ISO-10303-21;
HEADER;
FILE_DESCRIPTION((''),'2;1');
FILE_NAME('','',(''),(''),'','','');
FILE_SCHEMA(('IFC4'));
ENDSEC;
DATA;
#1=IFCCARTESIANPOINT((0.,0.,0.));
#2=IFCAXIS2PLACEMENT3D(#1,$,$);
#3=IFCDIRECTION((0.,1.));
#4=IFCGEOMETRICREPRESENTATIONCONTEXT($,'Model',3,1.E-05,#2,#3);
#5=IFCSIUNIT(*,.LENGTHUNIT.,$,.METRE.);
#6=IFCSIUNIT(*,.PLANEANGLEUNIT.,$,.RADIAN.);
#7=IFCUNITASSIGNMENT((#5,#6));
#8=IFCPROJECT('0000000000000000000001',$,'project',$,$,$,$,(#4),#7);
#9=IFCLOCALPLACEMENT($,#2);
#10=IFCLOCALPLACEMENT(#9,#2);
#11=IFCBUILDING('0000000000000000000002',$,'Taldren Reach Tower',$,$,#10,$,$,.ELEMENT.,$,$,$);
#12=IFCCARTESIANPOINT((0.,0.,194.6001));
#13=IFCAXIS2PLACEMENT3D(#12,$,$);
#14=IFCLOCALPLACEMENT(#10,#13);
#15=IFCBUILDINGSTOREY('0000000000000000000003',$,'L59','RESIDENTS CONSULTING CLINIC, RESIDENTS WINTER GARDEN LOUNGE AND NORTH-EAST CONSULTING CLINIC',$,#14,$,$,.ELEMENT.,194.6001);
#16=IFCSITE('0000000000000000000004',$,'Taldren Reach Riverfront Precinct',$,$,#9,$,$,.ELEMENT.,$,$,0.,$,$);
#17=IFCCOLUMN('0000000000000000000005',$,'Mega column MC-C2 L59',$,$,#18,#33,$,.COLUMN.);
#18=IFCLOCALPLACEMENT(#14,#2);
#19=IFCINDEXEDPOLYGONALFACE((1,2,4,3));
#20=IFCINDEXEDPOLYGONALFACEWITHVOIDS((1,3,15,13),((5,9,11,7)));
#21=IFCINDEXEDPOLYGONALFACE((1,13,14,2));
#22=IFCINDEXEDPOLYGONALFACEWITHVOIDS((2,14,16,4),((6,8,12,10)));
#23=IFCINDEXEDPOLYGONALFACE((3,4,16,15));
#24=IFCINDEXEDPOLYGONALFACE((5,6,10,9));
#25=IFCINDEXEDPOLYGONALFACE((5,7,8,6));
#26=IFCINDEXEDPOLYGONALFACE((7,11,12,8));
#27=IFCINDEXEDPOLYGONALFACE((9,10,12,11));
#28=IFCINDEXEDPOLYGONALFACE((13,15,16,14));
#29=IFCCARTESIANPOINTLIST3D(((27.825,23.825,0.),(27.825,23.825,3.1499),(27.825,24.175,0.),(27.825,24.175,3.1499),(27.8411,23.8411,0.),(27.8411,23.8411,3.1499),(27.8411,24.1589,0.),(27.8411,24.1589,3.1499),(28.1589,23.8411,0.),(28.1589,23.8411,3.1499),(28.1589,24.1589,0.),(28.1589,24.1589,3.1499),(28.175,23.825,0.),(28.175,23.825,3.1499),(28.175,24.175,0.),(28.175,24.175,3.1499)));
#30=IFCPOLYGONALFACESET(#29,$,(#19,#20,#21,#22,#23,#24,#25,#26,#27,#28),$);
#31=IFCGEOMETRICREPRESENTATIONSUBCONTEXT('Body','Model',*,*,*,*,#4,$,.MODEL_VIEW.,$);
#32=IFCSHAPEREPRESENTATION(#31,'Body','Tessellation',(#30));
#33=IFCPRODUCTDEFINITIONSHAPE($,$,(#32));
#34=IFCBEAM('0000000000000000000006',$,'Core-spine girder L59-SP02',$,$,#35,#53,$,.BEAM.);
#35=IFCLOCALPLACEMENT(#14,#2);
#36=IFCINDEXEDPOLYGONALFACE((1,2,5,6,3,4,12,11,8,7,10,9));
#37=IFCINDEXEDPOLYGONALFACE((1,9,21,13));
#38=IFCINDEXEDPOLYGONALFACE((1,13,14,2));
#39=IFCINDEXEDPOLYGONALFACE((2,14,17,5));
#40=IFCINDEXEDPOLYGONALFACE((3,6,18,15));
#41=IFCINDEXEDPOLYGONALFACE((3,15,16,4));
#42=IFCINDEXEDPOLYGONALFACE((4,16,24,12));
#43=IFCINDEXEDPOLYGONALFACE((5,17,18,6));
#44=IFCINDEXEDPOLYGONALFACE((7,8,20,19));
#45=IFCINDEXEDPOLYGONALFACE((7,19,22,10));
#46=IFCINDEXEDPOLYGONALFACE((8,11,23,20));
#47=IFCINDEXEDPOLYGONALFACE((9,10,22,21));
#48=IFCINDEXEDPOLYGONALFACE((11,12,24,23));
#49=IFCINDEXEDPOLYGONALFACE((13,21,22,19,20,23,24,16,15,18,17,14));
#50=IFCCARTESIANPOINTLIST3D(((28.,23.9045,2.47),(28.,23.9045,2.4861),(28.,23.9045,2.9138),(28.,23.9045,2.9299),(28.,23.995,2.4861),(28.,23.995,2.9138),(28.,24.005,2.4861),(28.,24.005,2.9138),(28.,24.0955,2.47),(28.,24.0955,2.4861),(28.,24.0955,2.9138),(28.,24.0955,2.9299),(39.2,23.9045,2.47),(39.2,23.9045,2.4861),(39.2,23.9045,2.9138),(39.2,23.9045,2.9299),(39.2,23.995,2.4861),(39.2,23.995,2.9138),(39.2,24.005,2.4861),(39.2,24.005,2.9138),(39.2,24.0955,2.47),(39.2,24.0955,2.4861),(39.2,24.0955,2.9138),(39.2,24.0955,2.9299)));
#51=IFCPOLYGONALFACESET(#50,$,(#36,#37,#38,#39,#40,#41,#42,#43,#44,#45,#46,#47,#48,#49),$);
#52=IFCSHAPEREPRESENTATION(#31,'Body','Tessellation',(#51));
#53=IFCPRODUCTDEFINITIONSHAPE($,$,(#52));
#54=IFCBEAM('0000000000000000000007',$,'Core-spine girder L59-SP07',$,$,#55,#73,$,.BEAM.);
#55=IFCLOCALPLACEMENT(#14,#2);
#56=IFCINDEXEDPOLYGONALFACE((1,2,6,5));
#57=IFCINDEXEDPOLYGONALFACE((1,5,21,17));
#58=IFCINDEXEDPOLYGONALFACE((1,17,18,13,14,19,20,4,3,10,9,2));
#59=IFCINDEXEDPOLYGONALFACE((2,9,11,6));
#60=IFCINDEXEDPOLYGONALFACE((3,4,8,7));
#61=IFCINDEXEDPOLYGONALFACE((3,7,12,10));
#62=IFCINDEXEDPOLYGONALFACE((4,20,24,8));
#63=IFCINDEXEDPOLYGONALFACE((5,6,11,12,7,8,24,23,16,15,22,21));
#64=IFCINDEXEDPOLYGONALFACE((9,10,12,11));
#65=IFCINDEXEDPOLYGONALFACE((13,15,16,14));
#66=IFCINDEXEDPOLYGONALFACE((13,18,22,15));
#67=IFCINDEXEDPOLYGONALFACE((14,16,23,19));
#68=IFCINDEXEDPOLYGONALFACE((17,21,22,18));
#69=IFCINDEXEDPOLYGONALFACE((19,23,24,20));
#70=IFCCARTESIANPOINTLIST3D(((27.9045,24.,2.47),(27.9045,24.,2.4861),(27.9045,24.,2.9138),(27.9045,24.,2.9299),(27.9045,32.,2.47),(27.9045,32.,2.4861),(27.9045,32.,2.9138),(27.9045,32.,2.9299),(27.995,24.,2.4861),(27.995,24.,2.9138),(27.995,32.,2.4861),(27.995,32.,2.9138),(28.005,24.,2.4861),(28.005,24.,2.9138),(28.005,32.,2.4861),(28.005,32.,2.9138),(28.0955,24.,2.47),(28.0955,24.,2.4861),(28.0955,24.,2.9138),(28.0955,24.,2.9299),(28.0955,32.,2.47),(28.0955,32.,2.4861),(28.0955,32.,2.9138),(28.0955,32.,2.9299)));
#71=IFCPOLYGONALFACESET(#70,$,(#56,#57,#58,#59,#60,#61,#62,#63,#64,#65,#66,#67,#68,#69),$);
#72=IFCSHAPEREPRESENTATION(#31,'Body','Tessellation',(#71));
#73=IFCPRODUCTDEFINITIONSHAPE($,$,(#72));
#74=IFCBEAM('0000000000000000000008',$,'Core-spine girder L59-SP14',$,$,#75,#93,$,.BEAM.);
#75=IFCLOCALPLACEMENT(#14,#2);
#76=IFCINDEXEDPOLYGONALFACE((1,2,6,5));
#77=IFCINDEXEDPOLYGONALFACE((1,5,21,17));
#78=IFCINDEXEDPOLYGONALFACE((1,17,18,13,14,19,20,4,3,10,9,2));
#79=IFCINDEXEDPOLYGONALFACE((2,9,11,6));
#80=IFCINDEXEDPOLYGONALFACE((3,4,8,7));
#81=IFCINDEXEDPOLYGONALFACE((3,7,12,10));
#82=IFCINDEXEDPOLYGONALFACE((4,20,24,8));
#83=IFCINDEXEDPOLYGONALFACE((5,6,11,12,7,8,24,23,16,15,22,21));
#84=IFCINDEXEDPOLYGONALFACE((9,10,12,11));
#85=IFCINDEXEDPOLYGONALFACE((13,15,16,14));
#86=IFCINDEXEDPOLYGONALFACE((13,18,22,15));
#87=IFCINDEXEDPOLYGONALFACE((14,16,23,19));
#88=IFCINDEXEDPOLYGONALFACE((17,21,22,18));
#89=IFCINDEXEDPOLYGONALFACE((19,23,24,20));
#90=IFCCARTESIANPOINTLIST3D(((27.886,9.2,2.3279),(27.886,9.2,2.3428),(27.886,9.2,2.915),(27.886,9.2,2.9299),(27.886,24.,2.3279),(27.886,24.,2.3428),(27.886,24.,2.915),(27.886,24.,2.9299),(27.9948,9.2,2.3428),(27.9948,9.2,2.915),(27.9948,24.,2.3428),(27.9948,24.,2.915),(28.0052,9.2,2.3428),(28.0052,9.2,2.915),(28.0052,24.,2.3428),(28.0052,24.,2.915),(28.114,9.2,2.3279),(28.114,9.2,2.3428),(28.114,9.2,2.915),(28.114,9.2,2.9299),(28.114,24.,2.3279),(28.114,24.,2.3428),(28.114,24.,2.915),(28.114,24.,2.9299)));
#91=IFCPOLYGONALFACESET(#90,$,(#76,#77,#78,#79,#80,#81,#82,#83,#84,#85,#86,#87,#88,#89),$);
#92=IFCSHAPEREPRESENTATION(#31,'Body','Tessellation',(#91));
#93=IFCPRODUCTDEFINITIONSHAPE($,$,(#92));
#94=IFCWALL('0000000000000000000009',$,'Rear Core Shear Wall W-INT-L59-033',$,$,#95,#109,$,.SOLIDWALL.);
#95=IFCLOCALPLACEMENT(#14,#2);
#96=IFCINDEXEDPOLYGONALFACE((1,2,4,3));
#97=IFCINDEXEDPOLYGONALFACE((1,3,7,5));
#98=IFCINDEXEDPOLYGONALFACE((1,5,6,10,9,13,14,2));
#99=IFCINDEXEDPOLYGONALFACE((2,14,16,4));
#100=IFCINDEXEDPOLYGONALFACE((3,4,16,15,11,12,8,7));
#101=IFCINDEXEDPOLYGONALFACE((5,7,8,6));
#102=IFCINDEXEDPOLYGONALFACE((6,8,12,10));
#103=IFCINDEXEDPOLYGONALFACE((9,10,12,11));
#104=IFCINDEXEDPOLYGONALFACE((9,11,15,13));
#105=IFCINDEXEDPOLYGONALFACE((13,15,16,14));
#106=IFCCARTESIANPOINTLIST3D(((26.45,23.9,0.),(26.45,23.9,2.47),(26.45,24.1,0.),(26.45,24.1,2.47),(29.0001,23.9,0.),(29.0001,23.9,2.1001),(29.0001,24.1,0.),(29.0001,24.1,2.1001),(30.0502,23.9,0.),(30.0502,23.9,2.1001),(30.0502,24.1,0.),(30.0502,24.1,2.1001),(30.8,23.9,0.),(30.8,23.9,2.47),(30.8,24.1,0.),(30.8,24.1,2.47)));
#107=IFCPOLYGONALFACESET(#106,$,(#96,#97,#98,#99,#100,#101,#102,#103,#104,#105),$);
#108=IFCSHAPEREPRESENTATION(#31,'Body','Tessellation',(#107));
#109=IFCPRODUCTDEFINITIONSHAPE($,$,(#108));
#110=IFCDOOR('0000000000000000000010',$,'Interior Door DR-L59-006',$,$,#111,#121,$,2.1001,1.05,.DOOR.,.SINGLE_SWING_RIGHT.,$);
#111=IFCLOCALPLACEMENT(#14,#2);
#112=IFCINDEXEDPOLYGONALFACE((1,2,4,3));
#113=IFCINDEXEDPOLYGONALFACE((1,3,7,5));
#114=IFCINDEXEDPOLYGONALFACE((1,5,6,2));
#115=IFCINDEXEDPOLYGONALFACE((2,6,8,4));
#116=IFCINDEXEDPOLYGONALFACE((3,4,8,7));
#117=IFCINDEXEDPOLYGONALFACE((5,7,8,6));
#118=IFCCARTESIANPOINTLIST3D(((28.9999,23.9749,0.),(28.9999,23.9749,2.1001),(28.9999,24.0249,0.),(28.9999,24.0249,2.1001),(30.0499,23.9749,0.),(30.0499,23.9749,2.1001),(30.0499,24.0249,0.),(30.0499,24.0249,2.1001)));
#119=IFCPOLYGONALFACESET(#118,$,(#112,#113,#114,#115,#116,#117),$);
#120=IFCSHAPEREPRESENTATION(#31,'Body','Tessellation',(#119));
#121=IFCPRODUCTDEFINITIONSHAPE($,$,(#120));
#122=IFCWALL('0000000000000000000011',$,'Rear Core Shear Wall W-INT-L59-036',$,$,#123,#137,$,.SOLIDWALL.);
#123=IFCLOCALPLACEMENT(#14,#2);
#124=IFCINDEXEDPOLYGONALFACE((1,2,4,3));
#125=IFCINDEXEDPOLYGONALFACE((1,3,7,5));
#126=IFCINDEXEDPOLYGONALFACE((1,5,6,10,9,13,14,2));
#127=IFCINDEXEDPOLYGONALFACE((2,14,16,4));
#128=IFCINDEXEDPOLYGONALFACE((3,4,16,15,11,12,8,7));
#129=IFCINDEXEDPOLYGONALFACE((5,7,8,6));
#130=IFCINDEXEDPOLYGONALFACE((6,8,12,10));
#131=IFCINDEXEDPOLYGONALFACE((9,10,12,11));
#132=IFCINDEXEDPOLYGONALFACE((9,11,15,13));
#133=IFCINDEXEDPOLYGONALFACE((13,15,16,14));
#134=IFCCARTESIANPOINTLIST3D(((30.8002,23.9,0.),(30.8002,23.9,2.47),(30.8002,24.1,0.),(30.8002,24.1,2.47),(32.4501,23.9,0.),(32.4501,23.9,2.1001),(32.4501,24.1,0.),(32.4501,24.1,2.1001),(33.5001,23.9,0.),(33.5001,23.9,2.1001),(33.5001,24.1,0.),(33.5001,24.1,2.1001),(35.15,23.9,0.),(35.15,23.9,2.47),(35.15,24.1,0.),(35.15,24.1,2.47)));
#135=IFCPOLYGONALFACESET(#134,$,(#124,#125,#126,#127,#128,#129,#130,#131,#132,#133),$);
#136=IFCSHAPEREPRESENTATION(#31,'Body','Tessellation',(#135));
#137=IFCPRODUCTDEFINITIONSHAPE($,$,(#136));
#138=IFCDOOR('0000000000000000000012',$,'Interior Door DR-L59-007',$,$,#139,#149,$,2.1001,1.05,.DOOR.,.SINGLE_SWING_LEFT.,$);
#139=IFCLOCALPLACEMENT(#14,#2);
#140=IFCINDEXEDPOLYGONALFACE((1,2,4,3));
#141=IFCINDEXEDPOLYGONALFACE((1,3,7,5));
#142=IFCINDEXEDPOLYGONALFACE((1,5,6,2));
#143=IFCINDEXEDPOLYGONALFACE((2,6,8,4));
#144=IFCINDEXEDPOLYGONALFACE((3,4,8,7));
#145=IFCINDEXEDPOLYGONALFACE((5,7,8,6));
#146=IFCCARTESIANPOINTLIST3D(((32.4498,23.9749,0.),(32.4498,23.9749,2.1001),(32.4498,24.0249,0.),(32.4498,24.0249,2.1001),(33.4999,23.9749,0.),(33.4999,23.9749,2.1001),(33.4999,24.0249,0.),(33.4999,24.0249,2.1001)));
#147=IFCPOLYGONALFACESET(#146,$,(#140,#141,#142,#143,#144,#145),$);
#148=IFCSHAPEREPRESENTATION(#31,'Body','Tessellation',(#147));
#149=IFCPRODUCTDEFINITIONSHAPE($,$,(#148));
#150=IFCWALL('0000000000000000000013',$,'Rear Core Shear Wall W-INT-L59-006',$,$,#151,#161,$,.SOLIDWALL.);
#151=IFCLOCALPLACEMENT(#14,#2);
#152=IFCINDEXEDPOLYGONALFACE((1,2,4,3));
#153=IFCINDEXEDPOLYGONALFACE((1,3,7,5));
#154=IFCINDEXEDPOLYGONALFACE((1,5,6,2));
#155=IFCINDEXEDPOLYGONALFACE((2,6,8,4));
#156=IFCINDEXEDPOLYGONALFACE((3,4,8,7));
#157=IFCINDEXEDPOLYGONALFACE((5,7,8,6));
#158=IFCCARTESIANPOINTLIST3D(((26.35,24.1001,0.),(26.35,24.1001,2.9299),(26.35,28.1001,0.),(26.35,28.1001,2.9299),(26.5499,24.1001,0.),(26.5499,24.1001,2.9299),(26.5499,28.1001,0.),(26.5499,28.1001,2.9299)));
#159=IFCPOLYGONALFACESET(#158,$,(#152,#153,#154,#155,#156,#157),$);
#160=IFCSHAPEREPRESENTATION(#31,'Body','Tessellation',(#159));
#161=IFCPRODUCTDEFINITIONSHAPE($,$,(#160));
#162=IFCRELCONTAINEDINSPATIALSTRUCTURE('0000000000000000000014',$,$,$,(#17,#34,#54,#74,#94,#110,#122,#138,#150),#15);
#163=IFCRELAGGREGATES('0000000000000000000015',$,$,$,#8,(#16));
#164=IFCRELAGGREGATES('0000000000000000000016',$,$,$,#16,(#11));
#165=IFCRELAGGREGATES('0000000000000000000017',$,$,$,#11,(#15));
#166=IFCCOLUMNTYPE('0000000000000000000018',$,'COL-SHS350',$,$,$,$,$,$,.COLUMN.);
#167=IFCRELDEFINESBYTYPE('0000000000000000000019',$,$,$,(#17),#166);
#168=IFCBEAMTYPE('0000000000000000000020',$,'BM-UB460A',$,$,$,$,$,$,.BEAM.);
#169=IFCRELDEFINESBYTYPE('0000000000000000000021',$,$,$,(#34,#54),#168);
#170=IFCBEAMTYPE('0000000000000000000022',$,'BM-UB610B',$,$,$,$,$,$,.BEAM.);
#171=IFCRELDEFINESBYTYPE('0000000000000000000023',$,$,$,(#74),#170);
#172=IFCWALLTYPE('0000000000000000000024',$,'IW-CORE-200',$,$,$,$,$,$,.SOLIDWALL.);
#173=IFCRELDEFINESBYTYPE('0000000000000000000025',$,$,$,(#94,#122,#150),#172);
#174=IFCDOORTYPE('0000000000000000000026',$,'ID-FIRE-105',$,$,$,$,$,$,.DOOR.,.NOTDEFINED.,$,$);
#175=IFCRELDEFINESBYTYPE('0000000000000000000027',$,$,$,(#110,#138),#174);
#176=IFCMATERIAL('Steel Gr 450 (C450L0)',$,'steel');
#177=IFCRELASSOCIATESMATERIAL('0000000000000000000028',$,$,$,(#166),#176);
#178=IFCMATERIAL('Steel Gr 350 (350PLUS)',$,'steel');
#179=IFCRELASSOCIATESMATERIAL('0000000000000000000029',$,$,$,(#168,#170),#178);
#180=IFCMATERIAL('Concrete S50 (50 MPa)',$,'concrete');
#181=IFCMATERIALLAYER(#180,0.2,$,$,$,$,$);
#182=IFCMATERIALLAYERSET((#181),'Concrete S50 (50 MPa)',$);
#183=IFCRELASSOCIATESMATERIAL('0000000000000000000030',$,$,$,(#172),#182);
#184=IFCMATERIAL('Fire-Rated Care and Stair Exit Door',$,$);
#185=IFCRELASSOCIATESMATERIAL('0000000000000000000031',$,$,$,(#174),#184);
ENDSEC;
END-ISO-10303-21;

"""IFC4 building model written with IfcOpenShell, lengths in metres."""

from ifc_helpers import new_model, si_unit, direction, frame, frame_2d, origin, origin_2d, place, context, subcontext, project, spatial, rectangle, hollow_rectangle, i_section, extrude, source, transform, mapped, material, layer, layer_set, material_profile, profile_set, type_object, element, fill, save


model = new_model("IFC4")

# Units and contexts
model_context = context("Model", 3, precision=1e-05, world=origin(), true_north=direction((0.0, 1.0)))
body_context = subcontext(model_context, "Body", "Model", "MODEL_VIEW")
ifc_project = project(units=[si_unit("LENGTHUNIT", "METRE"), si_unit("PLANEANGLEUNIT", "RADIAN")], contexts=[model_context])

# Site, building, storey
site_placement = place(None, origin())
site = spatial("IfcSite", under=ifc_project, at=site_placement, Name="Taldren Reach Riverfront Precinct", CompositionType="ELEMENT", RefElevation=0.0)
building_placement = place(site_placement, origin())
building = spatial("IfcBuilding", under=site, at=building_placement, Name="Taldren Reach Tower", CompositionType="ELEMENT")
storey_placement = place(building_placement, frame((0.0, 0.0, 194.6001)))
storey = spatial("IfcBuildingStorey", under=building, at=storey_placement, Name="L59", Description="RESIDENTS CONSULTING CLINIC, RESIDENTS WINTER GARDEN LOUNGE AND NORTH-EAST CONSULTING CLINIC", CompositionType="ELEMENT", Elevation=194.6001)

# Column
ifc_material_1 = material(Name="Steel Gr 450 (C450L0)", Category="steel")
ifc_material_profile_1 = material_profile(ifc_material_1, hollow_rectangle(XDim=0.3501, YDim=0.3501, WallThickness=0.0161, at=origin_2d()), Name="350x350x16.0SHS")
ifc_profile_set_1 = profile_set([ifc_material_profile_1], Name="Steel Gr 450 (C450L0)")
column_type = type_object("IfcColumnType", Name="COL-SHS350", PredefinedType="COLUMN", material=ifc_profile_set_1)
shared_shape_1 = source(origin(), body_context, "Body", "SweptSolid", [
    extrude(hollow_rectangle(XDim=0.3501, YDim=0.3501, WallThickness=0.0161, at=origin_2d()), origin(), (0.0, 0.0, 1.0), 3.1499),
])
column_placement = place(storey_placement, frame((28.0, 24.0, 0.0), z_axis=(0.0, 0.0, 1.0), x_axis=(1.0, 0.0, 0.0)))
element("IfcColumn", 1, at=column_placement, inside=storey, type_object=column_type, Name="Mega column MC-C2 L59", PredefinedType="COLUMN", context=body_context, shape_type="MappedRepresentation", body=[
    mapped(shared_shape_1, transform((0.0, 0.0, 0.0), scale=1.0)),
])

# Beams
ifc_material_2 = material(Name="Steel Gr 350 (350PLUS)", Category="steel")
ifc_material_profile_2 = material_profile(ifc_material_2, i_section(OverallWidth=0.1909, OverallDepth=0.46, WebThickness=0.01, FlangeThickness=0.0161, at=origin_2d()), Name="460UB82.1")
ifc_profile_set_2 = profile_set([ifc_material_profile_2], Name="Steel Gr 350 (350PLUS)")
beam_type_1 = type_object("IfcBeamType", Name="BM-UB460A", PredefinedType="BEAM", material=ifc_profile_set_2)
shared_shape_2 = source(origin(), body_context, "Body", "SweptSolid", [
    extrude(i_section(OverallWidth=0.1909, OverallDepth=0.46, WebThickness=0.01, FlangeThickness=0.0161, at=origin_2d()), origin(), (0.0, 0.0, 1.0), 11.2),
])
beam_1_placement = place(storey_placement, frame((28.0, 24.0, 2.7), z_axis=(1.0, 0.0, 0.0), x_axis=(0.0, 1.0, 0.0)))
element("IfcBeam", 2, at=beam_1_placement, inside=storey, type_object=beam_type_1, Name="Core-spine girder L59-SP02", PredefinedType="BEAM", context=body_context, shape_type="MappedRepresentation", body=[
    mapped(shared_shape_2, transform((0.0, 0.0, 0.0), scale=1.0)),
])
shared_shape_3 = source(origin(), body_context, "Body", "SweptSolid", [
    extrude(i_section(OverallWidth=0.1909, OverallDepth=0.46, WebThickness=0.01, FlangeThickness=0.0161, at=origin_2d()), origin(), (0.0, 0.0, 1.0), 8.0),
])
beam_2_placement = place(storey_placement, frame((28.0, 24.0, 2.7), z_axis=(0.0, 1.0, 0.0), x_axis=(-1.0, 0.0, 0.0)))
element("IfcBeam", 3, at=beam_2_placement, inside=storey, type_object=beam_type_1, Name="Core-spine girder L59-SP07", PredefinedType="BEAM", context=body_context, shape_type="MappedRepresentation", body=[
    mapped(shared_shape_3, transform((0.0, 0.0, 0.0), scale=1.0)),
])
ifc_material_profile_3 = material_profile(ifc_material_2, i_section(OverallWidth=0.228, OverallDepth=0.6021, WebThickness=0.0105, FlangeThickness=0.0149, at=origin_2d()), Name="610UB101")
ifc_profile_set_3 = profile_set([ifc_material_profile_3], Name="Steel Gr 350 (350PLUS)")
beam_type_2 = type_object("IfcBeamType", Name="BM-UB610B", PredefinedType="BEAM", material=ifc_profile_set_3)
shared_shape_4 = source(origin(), body_context, "Body", "SweptSolid", [
    extrude(i_section(OverallWidth=0.228, OverallDepth=0.6021, WebThickness=0.0105, FlangeThickness=0.0149, at=origin_2d()), origin(), (0.0, 0.0, 1.0), 14.8),
])
beam_3_placement = place(storey_placement, frame((28.0, 24.0, 2.6289), z_axis=(0.0, -1.0, 0.0), x_axis=(1.0, 0.0, 0.0)))
element("IfcBeam", 4, at=beam_3_placement, inside=storey, type_object=beam_type_2, Name="Core-spine girder L59-SP14", PredefinedType="BEAM", context=body_context, shape_type="MappedRepresentation", body=[
    mapped(shared_shape_4, transform((0.0, 0.0, 0.0), scale=1.0)),
])

# Walls, openings, doors
ifc_material_3 = material(Name="Concrete S50 (50 MPa)", Category="concrete")
ifc_layer_1 = layer(ifc_material_3, 0.2)
ifc_layer_set_1 = layer_set([ifc_layer_1], Name="Concrete S50 (50 MPa)")
wall_type_1 = type_object("IfcWallType", Name="IW-CORE-200", PredefinedType="SOLIDWALL", material=ifc_layer_set_1)
shared_shape_5 = source(origin(), body_context, "Body", "SweptSolid", [
    extrude(rectangle(XDim=4.3501, YDim=0.2, at=frame_2d((2.175, 0.0))), origin(), (0.0, 0.0, 1.0), 2.47),
])
wall_1_placement = place(storey_placement, frame((30.8, 24.0, 0.0), z_axis=(0.0, 0.0, 1.0), x_axis=(-1.0, 0.0, 0.0)))
wall_1 = element("IfcWall", 5, at=wall_1_placement, inside=storey, type_object=wall_type_1, Name="Rear Core Shear Wall W-INT-L59-033", PredefinedType="SOLIDWALL", context=body_context, shape_type="MappedRepresentation", body=[
    mapped(shared_shape_5, transform((0.0, 0.0, 0.0), scale=1.0)),
])
shared_shape_6 = source(origin(), body_context, "Body", "SweptSolid", [
    extrude(rectangle(XDim=1.05, YDim=2.1001, at=frame_2d((0.5249, 1.05))), frame((0.0, 0.1099, 0.0), z_axis=(0.0, -1.0, 0.0), x_axis=(1.0, 0.0, 0.0)), (0.0, 0.0, 1.0), 0.22),
])
opening_1_placement = place(wall_1_placement, frame((0.75, 0.0, 0.0)))
opening_1 = element("IfcOpeningElement", 6, at=opening_1_placement, cuts=wall_1, PredefinedType="OPENING", context=body_context, shape_type="MappedRepresentation", body=[
    mapped(shared_shape_6, transform((0.0, 0.0, 0.0), scale=1.0)),
])
ifc_material_4 = material(Name="Fire-Rated Care and Stair Exit Door")
door_type_1 = type_object("IfcDoorType", Name="ID-FIRE-105", OperationType="NOTDEFINED", PredefinedType="DOOR", material=ifc_material_4)
shared_shape_7 = source(origin(), body_context, "Body", "SweptSolid", [
    extrude(rectangle(XDim=1.05, YDim=2.1001, at=frame_2d((0.5249, 1.05))), frame((0.0, 0.0249, 0.0), z_axis=(0.0, -1.0, 0.0), x_axis=(1.0, 0.0, 0.0)), (0.0, 0.0, 1.0), 0.05),
])
door_1_placement = place(opening_1_placement, frame((1.05, 0.0, 0.0), z_axis=(0.0, 0.0, 1.0), x_axis=(-1.0, 0.0, 0.0)))
door_1 = element("IfcDoor", 7, at=door_1_placement, inside=storey, type_object=door_type_1, Name="Interior Door DR-L59-006", OperationType="SINGLE_SWING_RIGHT", OverallHeight=2.1001, OverallWidth=1.05, PredefinedType="DOOR", context=body_context, shape_type="MappedRepresentation", body=[
    mapped(shared_shape_7, transform((0.0, 0.0, 0.0), scale=1.0)),
])
fill(opening_1, door_1)
shared_shape_8 = source(origin(), body_context, "Body", "SweptSolid", [
    extrude(rectangle(XDim=4.3499, YDim=0.2, at=frame_2d((2.1748, 0.0))), origin(), (0.0, 0.0, 1.0), 2.47),
])
wall_2_placement = place(storey_placement, frame((35.1499, 24.0, 0.0), z_axis=(0.0, 0.0, 1.0), x_axis=(-1.0, 0.0, 0.0)))
wall_2 = element("IfcWall", 8, at=wall_2_placement, inside=storey, type_object=wall_type_1, Name="Rear Core Shear Wall W-INT-L59-036", PredefinedType="SOLIDWALL", context=body_context, shape_type="MappedRepresentation", body=[
    mapped(shared_shape_8, transform((0.0, 0.0, 0.0), scale=1.0)),
])
opening_2_placement = place(wall_2_placement, frame((1.6499, 0.0, 0.0)))
opening_2 = element("IfcOpeningElement", 9, at=opening_2_placement, cuts=wall_2, PredefinedType="OPENING", context=body_context, shape_type="MappedRepresentation", body=[
    mapped(shared_shape_6, transform((0.0, 0.0, 0.0), scale=1.0)),
])
door_2_placement = place(opening_2_placement, frame((1.05, 0.0, 0.0), z_axis=(0.0, 0.0, 1.0), x_axis=(-1.0, 0.0, 0.0)))
door_2 = element("IfcDoor", 10, at=door_2_placement, inside=storey, type_object=door_type_1, Name="Interior Door DR-L59-007", OperationType="SINGLE_SWING_LEFT", OverallHeight=2.1001, OverallWidth=1.05, PredefinedType="DOOR", context=body_context, shape_type="MappedRepresentation", body=[
    mapped(shared_shape_7, transform((0.0, 0.0, 0.0), scale=1.0)),
])
fill(opening_2, door_2)

# Wall
shared_shape_9 = source(origin(), body_context, "Body", "SweptSolid", [
    extrude(rectangle(XDim=4.0, YDim=0.2, at=frame_2d((2.0, 0.0))), origin(), (0.0, 0.0, 1.0), 2.9299),
])
wall_3_placement = place(storey_placement, frame((26.45, 24.1001, 0.0), z_axis=(0.0, 0.0, 1.0), x_axis=(0.0, 1.0, 0.0)))
element("IfcWall", 11, at=wall_3_placement, inside=storey, type_object=wall_type_1, Name="Rear Core Shear Wall W-INT-L59-006", PredefinedType="SOLIDWALL", context=body_context, shape_type="MappedRepresentation", body=[
    mapped(shared_shape_9, transform((0.0, 0.0, 0.0), scale=1.0)),
])

save(model, "model.ifc")
